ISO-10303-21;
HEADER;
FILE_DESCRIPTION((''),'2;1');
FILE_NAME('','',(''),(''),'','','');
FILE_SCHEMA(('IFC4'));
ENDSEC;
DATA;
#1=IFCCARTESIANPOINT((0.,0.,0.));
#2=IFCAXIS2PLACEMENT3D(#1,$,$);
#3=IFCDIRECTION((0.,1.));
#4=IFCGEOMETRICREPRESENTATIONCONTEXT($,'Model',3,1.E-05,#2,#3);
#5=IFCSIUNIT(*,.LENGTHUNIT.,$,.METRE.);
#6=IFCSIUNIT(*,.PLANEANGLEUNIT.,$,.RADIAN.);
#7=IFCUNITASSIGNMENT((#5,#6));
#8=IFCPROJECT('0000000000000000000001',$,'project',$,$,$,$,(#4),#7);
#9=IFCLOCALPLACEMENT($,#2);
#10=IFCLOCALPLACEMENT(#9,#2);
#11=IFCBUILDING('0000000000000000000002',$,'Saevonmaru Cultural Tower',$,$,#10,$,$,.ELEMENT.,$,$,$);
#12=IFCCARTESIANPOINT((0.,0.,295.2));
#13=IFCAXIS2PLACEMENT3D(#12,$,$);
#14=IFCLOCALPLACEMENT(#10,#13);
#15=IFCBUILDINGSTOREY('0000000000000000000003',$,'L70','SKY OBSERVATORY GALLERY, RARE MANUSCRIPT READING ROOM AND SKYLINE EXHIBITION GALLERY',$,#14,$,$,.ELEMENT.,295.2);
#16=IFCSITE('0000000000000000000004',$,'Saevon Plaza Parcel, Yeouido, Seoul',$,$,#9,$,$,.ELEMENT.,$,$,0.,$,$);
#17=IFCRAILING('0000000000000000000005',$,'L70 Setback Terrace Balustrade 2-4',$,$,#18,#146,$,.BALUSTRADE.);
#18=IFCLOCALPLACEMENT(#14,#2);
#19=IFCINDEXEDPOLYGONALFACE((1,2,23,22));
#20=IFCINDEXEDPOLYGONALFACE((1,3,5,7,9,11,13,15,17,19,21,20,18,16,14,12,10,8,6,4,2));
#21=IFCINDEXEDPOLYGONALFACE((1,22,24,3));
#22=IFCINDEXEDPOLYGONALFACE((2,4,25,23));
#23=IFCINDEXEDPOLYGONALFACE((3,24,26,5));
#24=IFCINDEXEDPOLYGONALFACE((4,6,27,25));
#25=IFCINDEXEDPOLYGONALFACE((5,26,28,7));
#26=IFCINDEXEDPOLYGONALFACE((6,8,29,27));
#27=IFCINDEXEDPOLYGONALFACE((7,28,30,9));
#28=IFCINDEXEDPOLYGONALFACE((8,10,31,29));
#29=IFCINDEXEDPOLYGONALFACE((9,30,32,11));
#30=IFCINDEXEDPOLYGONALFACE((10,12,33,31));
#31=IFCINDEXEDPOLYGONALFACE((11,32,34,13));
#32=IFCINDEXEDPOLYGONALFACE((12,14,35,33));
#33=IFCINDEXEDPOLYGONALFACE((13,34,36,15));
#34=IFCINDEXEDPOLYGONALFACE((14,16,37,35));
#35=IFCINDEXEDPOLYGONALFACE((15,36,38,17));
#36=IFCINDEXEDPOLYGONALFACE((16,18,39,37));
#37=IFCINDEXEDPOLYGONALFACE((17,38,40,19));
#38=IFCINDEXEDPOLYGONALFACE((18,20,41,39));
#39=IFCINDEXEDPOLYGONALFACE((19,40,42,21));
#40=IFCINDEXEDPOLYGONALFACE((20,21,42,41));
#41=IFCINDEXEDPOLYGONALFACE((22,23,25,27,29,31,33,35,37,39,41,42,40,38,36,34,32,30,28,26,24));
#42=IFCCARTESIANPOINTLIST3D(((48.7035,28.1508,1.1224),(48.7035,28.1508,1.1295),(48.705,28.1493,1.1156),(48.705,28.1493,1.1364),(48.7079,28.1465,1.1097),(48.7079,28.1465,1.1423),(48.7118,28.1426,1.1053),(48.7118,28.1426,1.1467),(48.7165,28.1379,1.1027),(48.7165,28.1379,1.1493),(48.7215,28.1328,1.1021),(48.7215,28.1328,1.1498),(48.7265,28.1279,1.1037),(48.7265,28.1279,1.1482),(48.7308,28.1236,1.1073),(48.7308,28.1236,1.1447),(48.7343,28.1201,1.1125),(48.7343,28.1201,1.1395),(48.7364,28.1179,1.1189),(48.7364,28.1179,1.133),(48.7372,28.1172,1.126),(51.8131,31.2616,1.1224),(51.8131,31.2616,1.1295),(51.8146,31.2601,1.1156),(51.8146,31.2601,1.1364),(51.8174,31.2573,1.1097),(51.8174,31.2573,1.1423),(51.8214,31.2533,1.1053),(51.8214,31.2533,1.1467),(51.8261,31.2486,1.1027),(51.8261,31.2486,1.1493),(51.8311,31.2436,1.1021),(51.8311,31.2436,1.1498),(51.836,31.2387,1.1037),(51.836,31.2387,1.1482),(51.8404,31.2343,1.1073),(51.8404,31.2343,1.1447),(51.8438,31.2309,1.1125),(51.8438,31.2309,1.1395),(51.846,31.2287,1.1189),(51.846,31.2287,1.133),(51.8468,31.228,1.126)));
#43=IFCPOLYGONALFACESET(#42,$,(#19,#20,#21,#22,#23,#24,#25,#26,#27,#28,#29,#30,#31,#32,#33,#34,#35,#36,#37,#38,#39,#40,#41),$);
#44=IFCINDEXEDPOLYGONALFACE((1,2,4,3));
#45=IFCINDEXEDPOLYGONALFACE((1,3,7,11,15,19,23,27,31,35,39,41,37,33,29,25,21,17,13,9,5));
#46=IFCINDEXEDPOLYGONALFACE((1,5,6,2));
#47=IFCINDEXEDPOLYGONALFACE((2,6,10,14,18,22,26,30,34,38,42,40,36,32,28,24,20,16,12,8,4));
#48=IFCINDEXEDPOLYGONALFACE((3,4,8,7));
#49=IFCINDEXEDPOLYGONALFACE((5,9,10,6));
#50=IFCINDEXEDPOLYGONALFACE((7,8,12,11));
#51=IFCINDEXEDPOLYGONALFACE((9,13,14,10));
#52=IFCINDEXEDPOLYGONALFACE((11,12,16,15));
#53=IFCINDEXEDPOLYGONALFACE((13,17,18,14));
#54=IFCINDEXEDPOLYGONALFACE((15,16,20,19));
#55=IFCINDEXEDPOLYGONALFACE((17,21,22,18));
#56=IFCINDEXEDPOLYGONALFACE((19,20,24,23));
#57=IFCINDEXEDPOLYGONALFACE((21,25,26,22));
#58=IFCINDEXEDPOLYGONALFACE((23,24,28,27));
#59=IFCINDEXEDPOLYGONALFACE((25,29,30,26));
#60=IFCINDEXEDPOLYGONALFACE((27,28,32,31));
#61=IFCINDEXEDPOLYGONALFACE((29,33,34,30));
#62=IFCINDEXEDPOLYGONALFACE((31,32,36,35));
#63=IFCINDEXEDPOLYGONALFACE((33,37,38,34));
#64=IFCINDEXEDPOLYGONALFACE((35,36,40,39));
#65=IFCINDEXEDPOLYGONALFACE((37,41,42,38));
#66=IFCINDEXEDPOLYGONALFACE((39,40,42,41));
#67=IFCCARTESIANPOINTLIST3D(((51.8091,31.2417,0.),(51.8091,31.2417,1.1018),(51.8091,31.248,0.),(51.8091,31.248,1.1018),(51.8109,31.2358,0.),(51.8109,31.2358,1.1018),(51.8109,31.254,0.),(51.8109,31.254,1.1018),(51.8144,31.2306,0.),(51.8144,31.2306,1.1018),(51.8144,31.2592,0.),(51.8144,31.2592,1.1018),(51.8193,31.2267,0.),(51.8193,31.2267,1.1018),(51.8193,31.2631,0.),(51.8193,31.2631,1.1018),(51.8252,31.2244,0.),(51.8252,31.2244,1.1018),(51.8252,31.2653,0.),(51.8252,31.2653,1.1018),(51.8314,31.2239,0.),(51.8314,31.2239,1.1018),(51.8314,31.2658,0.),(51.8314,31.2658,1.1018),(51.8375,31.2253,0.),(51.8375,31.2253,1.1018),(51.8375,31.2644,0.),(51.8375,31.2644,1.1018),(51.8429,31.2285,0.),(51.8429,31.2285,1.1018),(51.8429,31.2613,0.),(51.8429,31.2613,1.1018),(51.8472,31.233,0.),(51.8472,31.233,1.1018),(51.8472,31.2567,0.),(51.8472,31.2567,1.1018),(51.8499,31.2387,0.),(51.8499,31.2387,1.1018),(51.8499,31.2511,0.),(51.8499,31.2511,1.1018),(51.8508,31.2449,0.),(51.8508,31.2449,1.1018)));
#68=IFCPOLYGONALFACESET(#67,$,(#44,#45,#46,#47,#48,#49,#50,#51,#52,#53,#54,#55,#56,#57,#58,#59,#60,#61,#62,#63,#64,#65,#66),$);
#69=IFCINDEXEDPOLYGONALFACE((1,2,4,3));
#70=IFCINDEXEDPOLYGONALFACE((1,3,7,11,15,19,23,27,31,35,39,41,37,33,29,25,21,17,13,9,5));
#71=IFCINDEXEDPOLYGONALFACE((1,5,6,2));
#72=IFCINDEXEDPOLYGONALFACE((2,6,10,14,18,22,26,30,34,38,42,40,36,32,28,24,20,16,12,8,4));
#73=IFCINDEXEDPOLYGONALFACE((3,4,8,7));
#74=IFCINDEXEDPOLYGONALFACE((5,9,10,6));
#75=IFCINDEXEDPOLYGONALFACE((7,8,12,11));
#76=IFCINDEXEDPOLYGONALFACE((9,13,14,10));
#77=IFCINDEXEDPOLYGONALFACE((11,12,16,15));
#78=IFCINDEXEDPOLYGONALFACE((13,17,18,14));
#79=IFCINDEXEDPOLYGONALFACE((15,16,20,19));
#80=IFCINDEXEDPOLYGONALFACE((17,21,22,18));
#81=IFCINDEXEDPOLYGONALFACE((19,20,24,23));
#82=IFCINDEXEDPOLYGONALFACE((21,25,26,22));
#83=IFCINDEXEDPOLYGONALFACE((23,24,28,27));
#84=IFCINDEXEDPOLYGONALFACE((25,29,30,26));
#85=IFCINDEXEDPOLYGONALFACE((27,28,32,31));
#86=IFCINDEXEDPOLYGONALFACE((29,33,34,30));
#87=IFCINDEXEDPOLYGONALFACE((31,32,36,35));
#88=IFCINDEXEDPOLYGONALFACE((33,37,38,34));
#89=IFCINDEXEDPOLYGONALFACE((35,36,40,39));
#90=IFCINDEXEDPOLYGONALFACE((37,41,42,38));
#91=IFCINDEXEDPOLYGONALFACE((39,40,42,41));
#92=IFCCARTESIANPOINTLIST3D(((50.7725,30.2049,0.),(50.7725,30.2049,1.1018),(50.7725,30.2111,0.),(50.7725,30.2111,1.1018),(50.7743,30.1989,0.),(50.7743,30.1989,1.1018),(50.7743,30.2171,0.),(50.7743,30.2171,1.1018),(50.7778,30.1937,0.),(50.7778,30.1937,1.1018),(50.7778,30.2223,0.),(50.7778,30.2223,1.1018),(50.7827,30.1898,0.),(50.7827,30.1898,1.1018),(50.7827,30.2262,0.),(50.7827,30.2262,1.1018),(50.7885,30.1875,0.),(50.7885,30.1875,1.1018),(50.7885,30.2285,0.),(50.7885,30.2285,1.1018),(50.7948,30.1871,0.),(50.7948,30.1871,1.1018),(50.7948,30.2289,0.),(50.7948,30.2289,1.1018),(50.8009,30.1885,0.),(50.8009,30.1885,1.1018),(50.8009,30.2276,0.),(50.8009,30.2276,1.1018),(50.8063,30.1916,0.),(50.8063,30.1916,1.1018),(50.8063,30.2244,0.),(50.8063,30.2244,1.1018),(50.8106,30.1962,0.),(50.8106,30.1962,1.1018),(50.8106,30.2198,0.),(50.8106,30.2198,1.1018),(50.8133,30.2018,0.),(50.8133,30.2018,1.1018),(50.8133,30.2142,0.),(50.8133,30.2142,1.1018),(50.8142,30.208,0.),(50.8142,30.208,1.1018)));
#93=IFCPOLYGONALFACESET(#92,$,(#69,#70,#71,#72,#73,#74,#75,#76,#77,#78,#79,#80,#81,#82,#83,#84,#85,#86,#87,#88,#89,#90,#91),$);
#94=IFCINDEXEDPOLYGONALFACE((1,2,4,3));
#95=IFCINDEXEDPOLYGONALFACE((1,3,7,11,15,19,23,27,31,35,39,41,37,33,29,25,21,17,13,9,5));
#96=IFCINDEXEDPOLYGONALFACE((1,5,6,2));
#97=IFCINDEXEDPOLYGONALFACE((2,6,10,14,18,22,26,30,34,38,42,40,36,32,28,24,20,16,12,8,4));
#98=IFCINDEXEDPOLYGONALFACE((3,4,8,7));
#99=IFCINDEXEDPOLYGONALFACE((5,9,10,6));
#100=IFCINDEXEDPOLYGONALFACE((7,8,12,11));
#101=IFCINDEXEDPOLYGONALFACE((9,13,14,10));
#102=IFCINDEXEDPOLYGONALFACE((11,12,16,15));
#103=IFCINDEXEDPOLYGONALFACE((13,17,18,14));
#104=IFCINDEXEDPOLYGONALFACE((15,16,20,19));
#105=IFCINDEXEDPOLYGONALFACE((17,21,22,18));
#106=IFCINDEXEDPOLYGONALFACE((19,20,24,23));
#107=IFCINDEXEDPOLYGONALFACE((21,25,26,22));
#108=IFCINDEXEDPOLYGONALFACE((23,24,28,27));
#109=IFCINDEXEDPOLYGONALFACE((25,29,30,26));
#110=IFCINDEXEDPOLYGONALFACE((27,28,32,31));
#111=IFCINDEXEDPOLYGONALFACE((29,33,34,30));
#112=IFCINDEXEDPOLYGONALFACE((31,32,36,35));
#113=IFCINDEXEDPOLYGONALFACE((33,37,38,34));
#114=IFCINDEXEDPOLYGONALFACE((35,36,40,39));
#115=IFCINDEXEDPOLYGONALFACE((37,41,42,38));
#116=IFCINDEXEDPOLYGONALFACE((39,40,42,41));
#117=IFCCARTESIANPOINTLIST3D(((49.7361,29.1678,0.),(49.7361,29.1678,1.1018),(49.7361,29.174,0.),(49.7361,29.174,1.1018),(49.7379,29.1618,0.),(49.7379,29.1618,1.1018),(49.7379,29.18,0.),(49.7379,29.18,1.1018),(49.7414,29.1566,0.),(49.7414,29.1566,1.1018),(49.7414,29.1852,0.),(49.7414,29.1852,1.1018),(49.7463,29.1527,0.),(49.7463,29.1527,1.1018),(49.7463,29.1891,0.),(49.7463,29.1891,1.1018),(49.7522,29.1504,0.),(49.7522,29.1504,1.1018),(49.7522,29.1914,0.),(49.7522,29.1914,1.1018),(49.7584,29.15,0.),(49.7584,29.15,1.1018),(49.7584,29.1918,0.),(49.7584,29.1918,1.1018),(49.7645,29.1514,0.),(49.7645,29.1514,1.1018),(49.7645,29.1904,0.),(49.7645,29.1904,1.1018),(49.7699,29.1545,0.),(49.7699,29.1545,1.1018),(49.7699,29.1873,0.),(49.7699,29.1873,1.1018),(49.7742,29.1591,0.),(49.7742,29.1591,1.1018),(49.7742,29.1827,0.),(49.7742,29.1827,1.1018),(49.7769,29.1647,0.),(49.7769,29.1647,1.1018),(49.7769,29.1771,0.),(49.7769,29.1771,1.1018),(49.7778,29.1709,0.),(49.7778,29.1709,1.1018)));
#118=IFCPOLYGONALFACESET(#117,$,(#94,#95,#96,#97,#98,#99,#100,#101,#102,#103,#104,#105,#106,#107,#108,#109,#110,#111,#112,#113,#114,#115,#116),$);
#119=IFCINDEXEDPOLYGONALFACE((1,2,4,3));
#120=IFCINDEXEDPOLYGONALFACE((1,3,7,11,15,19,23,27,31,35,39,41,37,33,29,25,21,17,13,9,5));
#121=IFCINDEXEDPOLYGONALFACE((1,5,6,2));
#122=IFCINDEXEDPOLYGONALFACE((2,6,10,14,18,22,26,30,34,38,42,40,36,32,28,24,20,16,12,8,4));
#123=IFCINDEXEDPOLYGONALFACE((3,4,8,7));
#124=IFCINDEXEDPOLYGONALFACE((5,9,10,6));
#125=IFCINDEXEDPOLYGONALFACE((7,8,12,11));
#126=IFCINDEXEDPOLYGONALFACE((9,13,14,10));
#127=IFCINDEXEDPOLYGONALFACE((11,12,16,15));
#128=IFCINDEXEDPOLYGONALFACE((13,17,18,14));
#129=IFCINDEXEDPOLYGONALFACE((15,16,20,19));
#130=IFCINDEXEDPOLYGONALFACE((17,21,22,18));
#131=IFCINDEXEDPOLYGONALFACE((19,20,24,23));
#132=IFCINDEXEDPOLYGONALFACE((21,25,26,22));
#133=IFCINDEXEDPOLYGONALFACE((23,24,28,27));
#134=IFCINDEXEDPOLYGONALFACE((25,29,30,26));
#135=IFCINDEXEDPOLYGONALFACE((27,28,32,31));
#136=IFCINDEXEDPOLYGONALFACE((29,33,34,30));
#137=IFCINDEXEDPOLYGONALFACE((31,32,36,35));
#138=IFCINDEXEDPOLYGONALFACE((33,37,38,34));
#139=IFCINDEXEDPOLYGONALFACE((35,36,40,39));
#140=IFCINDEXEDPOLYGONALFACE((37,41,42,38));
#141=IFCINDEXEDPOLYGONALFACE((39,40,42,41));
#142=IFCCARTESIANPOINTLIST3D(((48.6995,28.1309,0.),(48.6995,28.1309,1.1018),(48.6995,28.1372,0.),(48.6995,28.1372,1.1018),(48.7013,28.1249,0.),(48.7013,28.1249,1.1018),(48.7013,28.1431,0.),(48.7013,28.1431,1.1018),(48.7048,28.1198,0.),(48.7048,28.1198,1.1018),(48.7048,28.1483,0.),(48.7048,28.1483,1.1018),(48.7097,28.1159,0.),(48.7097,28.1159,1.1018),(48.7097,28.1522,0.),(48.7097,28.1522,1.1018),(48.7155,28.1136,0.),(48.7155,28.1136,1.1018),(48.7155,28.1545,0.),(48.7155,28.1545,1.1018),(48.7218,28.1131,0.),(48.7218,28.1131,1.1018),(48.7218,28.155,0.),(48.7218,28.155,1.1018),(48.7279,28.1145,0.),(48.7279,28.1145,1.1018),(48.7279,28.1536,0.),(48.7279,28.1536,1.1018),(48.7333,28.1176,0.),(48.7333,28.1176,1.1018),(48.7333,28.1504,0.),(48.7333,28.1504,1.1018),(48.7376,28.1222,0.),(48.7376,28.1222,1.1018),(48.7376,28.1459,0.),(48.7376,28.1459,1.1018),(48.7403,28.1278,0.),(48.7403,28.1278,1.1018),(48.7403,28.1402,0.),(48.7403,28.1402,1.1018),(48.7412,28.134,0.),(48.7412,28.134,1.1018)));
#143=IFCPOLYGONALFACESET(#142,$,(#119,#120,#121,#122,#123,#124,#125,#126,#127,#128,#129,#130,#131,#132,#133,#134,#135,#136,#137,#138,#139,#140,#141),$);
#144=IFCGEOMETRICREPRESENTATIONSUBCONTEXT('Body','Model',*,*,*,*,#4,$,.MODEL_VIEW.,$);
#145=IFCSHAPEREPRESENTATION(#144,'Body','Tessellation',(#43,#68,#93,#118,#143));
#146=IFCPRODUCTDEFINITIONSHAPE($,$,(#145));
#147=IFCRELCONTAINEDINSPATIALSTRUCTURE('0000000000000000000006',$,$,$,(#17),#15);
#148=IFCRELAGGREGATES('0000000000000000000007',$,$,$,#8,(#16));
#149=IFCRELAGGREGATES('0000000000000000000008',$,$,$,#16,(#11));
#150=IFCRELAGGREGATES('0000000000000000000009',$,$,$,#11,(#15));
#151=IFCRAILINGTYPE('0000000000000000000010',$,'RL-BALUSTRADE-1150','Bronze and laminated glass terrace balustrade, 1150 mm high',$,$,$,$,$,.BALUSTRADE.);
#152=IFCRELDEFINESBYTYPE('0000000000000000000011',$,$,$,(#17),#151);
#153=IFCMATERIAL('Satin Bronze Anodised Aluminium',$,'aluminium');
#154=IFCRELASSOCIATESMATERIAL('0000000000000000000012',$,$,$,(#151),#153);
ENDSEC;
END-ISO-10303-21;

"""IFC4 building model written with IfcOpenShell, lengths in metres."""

from ifc_helpers import new_model, si_unit, direction, frame, origin, origin_2d, place, context, subcontext, project, spatial, circle, extrude, material, type_object, element, save


model = new_model("IFC4")

# Units and contexts
model_context = context("Model", 3, precision=1e-05, world=origin(), true_north=direction((0.0, 1.0)))
body_context = subcontext(model_context, "Body", "Model", "MODEL_VIEW")
ifc_project = project(units=[si_unit("LENGTHUNIT", "METRE"), si_unit("PLANEANGLEUNIT", "RADIAN")], contexts=[model_context])

# Site, building, storey
site_placement = place(None, origin())
site = spatial("IfcSite", under=ifc_project, at=site_placement, Name="Saevon Plaza Parcel, Yeouido, Seoul", CompositionType="ELEMENT", RefElevation=0.0)
building_placement = place(site_placement, origin())
building = spatial("IfcBuilding", under=site, at=building_placement, Name="Saevonmaru Cultural Tower", CompositionType="ELEMENT")
storey_placement = place(building_placement, frame((0.0, 0.0, 295.2)))
storey = spatial("IfcBuildingStorey", under=building, at=storey_placement, Name="L70", Description="SKY OBSERVATORY GALLERY, RARE MANUSCRIPT READING ROOM AND SKYLINE EXHIBITION GALLERY", CompositionType="ELEMENT", Elevation=295.2)

# Shared definitions
ifc_material_1 = material(Name="Satin Bronze Anodised Aluminium", Category="aluminium")

# Railing
railing_type_1 = type_object("IfcRailingType", Name="RL-BALUSTRADE-1150", Description="Bronze and laminated glass terrace balustrade, 1150 mm high", PredefinedType="BALUSTRADE", material=ifc_material_1)
railing_1_placement = place(storey_placement, frame((51.8298, 31.2449, 0.0)))
element("IfcRailing", 1, at=railing_1_placement, inside=storey, type_object=railing_type_1, Name="L70 Setback Terrace Balustrade 2-4", PredefinedType="BALUSTRADE", context=body_context, shape_type="SweptSolid", body=[
    extrude(circle(Radius=0.0239, at=origin_2d()), frame((0.0, 0.0, 1.126), z_axis=(-0.706968, -0.707246, 0.0), x_axis=(0.707246, -0.706968, 0.0)), (0.0, 0.0, 1.0), 4.3984),
    extrude(circle(Radius=0.021, at=origin_2d()), origin(), (0.0, 0.0, 1.0), 1.1018),
    extrude(circle(Radius=0.021, at=origin_2d()), frame((-1.0366, -1.0369, 0.0)), (0.0, 0.0, 1.0), 1.1018),
    extrude(circle(Radius=0.021, at=origin_2d()), frame((-2.073, -2.074, 0.0)), (0.0, 0.0, 1.0), 1.1018),
    extrude(circle(Radius=0.021, at=origin_2d()), frame((-3.1096, -3.1108, 0.0)), (0.0, 0.0, 1.0), 1.1018),
])

save(model, "model.ifc")
